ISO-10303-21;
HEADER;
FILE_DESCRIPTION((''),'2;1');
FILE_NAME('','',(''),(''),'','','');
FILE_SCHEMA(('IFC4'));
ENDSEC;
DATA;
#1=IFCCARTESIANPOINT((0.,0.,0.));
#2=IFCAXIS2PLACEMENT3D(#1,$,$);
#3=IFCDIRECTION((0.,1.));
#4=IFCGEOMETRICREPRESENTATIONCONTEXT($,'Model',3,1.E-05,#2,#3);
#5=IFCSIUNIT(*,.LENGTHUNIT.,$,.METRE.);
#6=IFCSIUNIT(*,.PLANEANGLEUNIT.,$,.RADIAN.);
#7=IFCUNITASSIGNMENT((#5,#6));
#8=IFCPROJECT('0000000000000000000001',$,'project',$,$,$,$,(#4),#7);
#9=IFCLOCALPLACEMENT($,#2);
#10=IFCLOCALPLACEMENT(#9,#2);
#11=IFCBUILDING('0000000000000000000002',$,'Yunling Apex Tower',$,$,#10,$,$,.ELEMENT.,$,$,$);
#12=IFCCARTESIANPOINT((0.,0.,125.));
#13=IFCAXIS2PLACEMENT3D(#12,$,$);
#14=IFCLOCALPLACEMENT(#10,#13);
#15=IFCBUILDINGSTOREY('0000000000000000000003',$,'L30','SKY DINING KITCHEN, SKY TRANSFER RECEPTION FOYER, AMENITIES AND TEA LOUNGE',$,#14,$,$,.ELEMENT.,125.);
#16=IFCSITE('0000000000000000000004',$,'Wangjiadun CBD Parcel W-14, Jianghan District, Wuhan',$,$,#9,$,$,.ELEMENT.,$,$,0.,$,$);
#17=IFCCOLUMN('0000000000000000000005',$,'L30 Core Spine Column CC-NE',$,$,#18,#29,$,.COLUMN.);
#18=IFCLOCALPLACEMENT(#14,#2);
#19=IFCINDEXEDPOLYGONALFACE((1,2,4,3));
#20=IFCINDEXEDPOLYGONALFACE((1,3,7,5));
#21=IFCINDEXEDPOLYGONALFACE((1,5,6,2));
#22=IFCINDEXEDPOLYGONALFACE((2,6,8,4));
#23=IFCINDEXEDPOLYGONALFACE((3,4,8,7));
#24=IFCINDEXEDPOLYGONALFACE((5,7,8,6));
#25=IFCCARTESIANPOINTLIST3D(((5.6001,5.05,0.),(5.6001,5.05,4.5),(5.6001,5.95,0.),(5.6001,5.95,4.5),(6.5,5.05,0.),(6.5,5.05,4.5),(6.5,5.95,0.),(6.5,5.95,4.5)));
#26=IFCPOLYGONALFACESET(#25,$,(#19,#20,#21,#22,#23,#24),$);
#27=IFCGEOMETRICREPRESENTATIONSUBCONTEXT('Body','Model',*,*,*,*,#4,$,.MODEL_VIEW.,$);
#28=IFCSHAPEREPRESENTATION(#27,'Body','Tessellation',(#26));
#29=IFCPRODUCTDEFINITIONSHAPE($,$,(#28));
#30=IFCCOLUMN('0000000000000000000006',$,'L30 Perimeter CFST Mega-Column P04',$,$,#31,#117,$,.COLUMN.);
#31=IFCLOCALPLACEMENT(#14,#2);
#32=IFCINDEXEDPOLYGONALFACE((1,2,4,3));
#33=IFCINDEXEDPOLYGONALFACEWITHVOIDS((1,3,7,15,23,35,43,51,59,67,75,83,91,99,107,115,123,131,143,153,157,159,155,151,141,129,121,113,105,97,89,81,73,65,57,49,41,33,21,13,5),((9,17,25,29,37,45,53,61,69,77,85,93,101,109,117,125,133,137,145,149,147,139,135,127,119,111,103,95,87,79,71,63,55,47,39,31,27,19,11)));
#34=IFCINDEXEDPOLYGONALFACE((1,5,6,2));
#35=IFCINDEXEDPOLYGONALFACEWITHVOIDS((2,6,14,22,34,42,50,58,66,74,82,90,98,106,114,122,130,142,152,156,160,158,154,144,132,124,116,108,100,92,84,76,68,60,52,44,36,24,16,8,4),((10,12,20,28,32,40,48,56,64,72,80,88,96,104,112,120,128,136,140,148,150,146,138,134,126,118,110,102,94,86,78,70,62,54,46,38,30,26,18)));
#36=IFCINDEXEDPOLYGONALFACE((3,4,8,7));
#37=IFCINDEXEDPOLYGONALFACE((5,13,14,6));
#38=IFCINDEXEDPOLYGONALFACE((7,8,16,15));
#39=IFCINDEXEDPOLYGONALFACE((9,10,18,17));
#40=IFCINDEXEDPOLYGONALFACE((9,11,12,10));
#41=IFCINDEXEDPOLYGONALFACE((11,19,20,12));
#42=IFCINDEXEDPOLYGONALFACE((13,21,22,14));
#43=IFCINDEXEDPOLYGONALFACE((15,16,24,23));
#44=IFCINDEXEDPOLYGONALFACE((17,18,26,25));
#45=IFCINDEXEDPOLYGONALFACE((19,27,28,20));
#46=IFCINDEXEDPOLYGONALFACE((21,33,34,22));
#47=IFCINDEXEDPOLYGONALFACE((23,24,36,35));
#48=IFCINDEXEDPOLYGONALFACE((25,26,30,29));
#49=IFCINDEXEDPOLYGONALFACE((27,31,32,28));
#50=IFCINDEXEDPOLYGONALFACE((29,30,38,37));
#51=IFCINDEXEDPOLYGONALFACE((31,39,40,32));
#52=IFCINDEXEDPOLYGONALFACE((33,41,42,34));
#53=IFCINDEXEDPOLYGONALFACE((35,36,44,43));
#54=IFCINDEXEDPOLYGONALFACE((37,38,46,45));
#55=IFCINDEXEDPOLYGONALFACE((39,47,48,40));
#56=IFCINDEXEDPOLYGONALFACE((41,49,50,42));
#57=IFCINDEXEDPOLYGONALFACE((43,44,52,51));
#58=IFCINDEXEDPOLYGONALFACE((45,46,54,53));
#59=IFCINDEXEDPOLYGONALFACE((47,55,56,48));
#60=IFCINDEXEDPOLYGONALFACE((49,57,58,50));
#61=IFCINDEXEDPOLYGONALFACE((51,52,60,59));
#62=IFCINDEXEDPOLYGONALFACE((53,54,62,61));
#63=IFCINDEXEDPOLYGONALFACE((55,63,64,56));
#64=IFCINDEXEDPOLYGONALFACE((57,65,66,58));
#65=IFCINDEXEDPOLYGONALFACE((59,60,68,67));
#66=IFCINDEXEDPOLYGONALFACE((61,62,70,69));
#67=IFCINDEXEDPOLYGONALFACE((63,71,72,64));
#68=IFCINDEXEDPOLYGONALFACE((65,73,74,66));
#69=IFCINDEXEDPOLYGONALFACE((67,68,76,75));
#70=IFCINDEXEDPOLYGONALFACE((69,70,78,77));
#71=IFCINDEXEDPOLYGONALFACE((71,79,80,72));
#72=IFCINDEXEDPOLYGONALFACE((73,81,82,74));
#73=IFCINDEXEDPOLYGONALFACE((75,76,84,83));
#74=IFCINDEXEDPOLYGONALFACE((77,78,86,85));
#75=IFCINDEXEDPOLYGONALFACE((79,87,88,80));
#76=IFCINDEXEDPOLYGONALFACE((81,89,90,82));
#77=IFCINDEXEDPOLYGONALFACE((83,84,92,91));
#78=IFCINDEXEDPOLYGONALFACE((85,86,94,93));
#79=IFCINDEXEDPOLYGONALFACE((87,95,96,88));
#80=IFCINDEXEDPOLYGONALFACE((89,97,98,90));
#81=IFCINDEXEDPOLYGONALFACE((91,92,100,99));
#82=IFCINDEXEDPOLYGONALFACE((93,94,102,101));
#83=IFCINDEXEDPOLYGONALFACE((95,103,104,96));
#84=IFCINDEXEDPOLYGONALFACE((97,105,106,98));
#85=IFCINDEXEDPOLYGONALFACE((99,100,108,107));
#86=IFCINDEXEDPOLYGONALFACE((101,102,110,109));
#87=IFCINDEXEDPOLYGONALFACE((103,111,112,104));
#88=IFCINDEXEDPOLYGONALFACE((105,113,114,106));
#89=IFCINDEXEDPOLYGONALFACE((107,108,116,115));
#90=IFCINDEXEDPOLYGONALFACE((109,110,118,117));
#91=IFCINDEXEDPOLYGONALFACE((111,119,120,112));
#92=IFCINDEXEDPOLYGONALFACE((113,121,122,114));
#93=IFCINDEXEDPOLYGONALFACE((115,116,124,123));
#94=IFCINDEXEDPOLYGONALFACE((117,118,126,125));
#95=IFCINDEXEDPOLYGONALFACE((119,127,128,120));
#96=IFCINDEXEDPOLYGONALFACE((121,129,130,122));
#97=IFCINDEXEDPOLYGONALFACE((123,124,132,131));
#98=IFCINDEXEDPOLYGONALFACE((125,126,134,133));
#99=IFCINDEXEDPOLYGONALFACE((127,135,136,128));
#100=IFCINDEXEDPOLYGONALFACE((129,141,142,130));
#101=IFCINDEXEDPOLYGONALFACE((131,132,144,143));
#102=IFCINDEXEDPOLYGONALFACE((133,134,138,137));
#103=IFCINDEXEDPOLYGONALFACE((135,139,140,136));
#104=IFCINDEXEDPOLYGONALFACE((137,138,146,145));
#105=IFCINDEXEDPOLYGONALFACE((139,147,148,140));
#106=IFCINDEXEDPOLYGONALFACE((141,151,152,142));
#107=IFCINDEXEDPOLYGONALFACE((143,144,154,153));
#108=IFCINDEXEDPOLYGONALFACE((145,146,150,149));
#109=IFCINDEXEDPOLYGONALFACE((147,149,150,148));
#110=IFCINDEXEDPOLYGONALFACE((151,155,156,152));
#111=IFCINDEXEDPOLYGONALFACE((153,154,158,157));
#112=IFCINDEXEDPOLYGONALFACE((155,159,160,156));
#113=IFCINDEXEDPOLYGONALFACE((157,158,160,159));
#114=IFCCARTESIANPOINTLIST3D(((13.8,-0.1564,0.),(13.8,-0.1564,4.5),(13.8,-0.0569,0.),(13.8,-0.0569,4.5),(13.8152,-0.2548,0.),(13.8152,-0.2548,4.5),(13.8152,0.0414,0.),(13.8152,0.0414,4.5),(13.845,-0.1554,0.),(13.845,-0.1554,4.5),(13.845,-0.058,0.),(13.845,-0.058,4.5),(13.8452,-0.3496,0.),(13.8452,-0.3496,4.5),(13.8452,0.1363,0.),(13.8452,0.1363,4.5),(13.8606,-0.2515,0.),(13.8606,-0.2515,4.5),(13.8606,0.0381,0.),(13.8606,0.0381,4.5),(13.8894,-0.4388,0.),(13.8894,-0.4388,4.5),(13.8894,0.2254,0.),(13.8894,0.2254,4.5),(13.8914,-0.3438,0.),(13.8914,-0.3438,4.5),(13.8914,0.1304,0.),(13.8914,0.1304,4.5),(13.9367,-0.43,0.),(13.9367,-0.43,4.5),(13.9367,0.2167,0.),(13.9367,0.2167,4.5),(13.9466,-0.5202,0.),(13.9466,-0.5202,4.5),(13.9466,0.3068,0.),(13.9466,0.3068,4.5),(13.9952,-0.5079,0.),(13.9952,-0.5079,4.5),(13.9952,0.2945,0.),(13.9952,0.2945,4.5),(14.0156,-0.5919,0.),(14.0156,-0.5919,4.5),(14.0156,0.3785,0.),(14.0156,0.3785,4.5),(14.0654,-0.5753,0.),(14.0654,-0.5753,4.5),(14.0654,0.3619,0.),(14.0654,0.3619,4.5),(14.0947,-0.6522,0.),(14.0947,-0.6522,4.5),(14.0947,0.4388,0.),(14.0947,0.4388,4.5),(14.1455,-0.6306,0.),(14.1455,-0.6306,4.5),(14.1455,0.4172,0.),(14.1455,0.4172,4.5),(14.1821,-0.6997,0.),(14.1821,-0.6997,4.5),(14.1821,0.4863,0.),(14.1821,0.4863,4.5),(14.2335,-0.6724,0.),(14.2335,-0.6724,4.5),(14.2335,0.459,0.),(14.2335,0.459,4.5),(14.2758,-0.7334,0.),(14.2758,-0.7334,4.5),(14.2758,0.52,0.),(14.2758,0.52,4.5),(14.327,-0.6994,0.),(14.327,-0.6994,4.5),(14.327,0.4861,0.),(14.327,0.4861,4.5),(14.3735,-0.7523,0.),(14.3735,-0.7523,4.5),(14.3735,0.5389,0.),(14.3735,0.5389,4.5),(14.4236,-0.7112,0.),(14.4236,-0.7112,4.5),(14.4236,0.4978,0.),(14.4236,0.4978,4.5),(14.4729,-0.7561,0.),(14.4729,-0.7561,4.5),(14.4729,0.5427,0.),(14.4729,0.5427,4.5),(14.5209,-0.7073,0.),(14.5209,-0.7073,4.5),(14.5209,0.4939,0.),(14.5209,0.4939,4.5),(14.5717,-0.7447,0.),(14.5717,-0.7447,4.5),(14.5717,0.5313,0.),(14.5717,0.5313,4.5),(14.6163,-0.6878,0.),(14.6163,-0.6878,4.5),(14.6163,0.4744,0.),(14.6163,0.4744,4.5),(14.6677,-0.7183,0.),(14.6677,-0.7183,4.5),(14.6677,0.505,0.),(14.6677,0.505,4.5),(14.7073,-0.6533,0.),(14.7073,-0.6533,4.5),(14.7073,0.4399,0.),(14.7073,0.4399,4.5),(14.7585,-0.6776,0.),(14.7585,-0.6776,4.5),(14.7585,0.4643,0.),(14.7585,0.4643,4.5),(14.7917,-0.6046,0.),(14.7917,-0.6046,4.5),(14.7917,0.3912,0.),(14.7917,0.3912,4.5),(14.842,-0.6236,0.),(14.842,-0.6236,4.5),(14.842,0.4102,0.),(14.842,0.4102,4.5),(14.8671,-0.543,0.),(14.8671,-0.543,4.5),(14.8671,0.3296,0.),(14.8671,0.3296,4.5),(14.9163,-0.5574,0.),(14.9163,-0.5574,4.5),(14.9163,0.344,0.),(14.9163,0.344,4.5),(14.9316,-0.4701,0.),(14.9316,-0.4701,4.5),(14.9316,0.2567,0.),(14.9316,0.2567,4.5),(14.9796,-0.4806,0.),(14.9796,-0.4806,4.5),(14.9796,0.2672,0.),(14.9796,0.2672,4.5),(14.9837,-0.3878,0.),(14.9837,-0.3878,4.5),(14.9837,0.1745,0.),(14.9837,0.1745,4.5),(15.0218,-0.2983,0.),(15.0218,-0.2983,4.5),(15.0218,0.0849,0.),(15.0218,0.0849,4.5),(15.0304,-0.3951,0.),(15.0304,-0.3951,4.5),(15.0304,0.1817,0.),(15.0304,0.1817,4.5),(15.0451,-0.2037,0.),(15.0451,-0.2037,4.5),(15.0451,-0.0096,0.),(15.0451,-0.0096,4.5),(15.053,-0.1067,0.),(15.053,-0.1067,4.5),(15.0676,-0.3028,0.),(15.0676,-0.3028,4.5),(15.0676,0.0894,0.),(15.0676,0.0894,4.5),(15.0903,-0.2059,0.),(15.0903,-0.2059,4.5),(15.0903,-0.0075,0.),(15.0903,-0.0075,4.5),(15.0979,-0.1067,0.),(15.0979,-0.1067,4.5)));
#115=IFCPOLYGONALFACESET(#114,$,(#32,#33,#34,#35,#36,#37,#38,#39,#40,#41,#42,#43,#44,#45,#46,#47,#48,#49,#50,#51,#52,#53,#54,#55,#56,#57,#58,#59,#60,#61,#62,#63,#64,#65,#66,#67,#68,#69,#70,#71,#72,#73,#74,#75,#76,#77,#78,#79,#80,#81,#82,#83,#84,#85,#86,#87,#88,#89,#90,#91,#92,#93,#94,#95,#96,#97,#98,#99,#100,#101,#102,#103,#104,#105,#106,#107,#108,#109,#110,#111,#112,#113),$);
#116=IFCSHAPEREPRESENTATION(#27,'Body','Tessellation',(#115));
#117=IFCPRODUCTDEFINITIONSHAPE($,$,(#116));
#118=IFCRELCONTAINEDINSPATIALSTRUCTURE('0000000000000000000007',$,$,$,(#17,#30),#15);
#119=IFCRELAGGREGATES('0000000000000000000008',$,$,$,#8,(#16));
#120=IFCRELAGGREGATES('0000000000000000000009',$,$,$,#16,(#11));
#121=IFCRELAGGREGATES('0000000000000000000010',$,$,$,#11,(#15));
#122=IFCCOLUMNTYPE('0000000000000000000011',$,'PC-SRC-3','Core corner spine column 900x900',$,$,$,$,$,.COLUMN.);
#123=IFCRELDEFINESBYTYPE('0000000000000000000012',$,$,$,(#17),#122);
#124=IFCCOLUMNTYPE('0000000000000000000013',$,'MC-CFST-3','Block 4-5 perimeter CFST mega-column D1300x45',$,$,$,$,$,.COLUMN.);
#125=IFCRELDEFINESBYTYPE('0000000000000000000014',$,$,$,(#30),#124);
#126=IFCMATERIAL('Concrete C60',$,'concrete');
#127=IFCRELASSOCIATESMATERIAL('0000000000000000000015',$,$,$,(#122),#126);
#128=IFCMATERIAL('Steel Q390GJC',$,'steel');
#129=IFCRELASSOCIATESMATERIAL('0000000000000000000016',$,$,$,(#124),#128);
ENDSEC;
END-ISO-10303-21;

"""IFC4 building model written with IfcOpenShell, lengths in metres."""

from ifc_helpers import new_model, si_unit, direction, frame, origin, origin_2d, place, context, subcontext, project, spatial, rectangle, hollow_circle, extrude, source, transform, mapped, material, material_profile, profile_set, type_object, element, save


model = new_model("IFC4")

# Units and contexts
model_context = context("Model", 3, precision=1e-05, world=origin(), true_north=direction((0.0, 1.0)))
body_context = subcontext(model_context, "Body", "Model", "MODEL_VIEW")
ifc_project = project(units=[si_unit("LENGTHUNIT", "METRE"), si_unit("PLANEANGLEUNIT", "RADIAN")], contexts=[model_context])

# Site, building, storey
site_placement = place(None, origin())
site = spatial("IfcSite", under=ifc_project, at=site_placement, Name="Wangjiadun CBD Parcel W-14, Jianghan District, Wuhan", CompositionType="ELEMENT", RefElevation=0.0)
building_placement = place(site_placement, origin())
building = spatial("IfcBuilding", under=site, at=building_placement, Name="Yunling Apex Tower", CompositionType="ELEMENT")
storey_placement = place(building_placement, frame((0.0, 0.0, 125.0)))
storey = spatial("IfcBuildingStorey", under=building, at=storey_placement, Name="L30", Description="SKY DINING KITCHEN, SKY TRANSFER RECEPTION FOYER, AMENITIES AND TEA LOUNGE", CompositionType="ELEMENT", Elevation=125.0)

# Columns
ifc_material_1 = material(Name="Concrete C60", Category="concrete")
ifc_material_profile_1 = material_profile(ifc_material_1, rectangle(XDim=0.8999, YDim=0.8999, at=origin_2d()))
ifc_profile_set_1 = profile_set([ifc_material_profile_1], Name="Concrete C60")
column_type_1 = type_object("IfcColumnType", Name="PC-SRC-3", Description="Core corner spine column 900x900", PredefinedType="COLUMN", material=ifc_profile_set_1)
shared_shape_1 = source(origin(), body_context, "Body", "SweptSolid", [
    extrude(rectangle(XDim=0.8999, YDim=0.8999, at=origin_2d()), origin(), (0.0, 0.0, 1.0), 4.5),
])
column_placement = place(storey_placement, frame((6.05, 5.5, 0.0), z_axis=(0.0, 0.0, 1.0), x_axis=(1.0, 0.0, 0.0)))
element("IfcColumn", 1, at=column_placement, inside=storey, type_object=column_type_1, Name="L30 Core Spine Column CC-NE", PredefinedType="COLUMN", context=body_context, shape_type="MappedRepresentation", body=[
    mapped(shared_shape_1, transform((0.0, 0.0, 0.0), scale=1.0)),
])
ifc_material_2 = material(Name="Steel Q390GJC", Category="steel")
ifc_material_profile_2 = material_profile(ifc_material_2, hollow_circle(Radius=0.6499, WallThickness=0.0449, at=origin_2d()))
ifc_profile_set_2 = profile_set([ifc_material_profile_2], Name="Steel Q390GJC")
column_type_2 = type_object("IfcColumnType", Name="MC-CFST-3", Description="Block 4-5 perimeter CFST mega-column D1300x45", PredefinedType="COLUMN", material=ifc_profile_set_2)
shared_shape_2 = source(origin(), body_context, "Body", "SweptSolid", [
    extrude(hollow_circle(Radius=0.6499, WallThickness=0.0449, at=origin_2d()), origin(), (0.0, 0.0, 1.0), 4.5),
])
for number, where, z_axis, x_axis, name in (
    (2, (14.448, -0.1067, 0.0), (0.0, 0.0, 1.0), (1.0, 0.0, 0.0), "L30 Perimeter CFST Mega-Column P04"),
):
    element("IfcColumn", number, at=place(storey_placement, frame(where, z_axis=z_axis, x_axis=x_axis)), inside=storey, type_object=column_type_2, Name=name, PredefinedType="COLUMN", context=body_context, shape_type="MappedRepresentation", body=[
        mapped(shared_shape_2, transform((0.0, 0.0, 0.0), scale=1.0)),
    ])

save(model, "model.ifc")
